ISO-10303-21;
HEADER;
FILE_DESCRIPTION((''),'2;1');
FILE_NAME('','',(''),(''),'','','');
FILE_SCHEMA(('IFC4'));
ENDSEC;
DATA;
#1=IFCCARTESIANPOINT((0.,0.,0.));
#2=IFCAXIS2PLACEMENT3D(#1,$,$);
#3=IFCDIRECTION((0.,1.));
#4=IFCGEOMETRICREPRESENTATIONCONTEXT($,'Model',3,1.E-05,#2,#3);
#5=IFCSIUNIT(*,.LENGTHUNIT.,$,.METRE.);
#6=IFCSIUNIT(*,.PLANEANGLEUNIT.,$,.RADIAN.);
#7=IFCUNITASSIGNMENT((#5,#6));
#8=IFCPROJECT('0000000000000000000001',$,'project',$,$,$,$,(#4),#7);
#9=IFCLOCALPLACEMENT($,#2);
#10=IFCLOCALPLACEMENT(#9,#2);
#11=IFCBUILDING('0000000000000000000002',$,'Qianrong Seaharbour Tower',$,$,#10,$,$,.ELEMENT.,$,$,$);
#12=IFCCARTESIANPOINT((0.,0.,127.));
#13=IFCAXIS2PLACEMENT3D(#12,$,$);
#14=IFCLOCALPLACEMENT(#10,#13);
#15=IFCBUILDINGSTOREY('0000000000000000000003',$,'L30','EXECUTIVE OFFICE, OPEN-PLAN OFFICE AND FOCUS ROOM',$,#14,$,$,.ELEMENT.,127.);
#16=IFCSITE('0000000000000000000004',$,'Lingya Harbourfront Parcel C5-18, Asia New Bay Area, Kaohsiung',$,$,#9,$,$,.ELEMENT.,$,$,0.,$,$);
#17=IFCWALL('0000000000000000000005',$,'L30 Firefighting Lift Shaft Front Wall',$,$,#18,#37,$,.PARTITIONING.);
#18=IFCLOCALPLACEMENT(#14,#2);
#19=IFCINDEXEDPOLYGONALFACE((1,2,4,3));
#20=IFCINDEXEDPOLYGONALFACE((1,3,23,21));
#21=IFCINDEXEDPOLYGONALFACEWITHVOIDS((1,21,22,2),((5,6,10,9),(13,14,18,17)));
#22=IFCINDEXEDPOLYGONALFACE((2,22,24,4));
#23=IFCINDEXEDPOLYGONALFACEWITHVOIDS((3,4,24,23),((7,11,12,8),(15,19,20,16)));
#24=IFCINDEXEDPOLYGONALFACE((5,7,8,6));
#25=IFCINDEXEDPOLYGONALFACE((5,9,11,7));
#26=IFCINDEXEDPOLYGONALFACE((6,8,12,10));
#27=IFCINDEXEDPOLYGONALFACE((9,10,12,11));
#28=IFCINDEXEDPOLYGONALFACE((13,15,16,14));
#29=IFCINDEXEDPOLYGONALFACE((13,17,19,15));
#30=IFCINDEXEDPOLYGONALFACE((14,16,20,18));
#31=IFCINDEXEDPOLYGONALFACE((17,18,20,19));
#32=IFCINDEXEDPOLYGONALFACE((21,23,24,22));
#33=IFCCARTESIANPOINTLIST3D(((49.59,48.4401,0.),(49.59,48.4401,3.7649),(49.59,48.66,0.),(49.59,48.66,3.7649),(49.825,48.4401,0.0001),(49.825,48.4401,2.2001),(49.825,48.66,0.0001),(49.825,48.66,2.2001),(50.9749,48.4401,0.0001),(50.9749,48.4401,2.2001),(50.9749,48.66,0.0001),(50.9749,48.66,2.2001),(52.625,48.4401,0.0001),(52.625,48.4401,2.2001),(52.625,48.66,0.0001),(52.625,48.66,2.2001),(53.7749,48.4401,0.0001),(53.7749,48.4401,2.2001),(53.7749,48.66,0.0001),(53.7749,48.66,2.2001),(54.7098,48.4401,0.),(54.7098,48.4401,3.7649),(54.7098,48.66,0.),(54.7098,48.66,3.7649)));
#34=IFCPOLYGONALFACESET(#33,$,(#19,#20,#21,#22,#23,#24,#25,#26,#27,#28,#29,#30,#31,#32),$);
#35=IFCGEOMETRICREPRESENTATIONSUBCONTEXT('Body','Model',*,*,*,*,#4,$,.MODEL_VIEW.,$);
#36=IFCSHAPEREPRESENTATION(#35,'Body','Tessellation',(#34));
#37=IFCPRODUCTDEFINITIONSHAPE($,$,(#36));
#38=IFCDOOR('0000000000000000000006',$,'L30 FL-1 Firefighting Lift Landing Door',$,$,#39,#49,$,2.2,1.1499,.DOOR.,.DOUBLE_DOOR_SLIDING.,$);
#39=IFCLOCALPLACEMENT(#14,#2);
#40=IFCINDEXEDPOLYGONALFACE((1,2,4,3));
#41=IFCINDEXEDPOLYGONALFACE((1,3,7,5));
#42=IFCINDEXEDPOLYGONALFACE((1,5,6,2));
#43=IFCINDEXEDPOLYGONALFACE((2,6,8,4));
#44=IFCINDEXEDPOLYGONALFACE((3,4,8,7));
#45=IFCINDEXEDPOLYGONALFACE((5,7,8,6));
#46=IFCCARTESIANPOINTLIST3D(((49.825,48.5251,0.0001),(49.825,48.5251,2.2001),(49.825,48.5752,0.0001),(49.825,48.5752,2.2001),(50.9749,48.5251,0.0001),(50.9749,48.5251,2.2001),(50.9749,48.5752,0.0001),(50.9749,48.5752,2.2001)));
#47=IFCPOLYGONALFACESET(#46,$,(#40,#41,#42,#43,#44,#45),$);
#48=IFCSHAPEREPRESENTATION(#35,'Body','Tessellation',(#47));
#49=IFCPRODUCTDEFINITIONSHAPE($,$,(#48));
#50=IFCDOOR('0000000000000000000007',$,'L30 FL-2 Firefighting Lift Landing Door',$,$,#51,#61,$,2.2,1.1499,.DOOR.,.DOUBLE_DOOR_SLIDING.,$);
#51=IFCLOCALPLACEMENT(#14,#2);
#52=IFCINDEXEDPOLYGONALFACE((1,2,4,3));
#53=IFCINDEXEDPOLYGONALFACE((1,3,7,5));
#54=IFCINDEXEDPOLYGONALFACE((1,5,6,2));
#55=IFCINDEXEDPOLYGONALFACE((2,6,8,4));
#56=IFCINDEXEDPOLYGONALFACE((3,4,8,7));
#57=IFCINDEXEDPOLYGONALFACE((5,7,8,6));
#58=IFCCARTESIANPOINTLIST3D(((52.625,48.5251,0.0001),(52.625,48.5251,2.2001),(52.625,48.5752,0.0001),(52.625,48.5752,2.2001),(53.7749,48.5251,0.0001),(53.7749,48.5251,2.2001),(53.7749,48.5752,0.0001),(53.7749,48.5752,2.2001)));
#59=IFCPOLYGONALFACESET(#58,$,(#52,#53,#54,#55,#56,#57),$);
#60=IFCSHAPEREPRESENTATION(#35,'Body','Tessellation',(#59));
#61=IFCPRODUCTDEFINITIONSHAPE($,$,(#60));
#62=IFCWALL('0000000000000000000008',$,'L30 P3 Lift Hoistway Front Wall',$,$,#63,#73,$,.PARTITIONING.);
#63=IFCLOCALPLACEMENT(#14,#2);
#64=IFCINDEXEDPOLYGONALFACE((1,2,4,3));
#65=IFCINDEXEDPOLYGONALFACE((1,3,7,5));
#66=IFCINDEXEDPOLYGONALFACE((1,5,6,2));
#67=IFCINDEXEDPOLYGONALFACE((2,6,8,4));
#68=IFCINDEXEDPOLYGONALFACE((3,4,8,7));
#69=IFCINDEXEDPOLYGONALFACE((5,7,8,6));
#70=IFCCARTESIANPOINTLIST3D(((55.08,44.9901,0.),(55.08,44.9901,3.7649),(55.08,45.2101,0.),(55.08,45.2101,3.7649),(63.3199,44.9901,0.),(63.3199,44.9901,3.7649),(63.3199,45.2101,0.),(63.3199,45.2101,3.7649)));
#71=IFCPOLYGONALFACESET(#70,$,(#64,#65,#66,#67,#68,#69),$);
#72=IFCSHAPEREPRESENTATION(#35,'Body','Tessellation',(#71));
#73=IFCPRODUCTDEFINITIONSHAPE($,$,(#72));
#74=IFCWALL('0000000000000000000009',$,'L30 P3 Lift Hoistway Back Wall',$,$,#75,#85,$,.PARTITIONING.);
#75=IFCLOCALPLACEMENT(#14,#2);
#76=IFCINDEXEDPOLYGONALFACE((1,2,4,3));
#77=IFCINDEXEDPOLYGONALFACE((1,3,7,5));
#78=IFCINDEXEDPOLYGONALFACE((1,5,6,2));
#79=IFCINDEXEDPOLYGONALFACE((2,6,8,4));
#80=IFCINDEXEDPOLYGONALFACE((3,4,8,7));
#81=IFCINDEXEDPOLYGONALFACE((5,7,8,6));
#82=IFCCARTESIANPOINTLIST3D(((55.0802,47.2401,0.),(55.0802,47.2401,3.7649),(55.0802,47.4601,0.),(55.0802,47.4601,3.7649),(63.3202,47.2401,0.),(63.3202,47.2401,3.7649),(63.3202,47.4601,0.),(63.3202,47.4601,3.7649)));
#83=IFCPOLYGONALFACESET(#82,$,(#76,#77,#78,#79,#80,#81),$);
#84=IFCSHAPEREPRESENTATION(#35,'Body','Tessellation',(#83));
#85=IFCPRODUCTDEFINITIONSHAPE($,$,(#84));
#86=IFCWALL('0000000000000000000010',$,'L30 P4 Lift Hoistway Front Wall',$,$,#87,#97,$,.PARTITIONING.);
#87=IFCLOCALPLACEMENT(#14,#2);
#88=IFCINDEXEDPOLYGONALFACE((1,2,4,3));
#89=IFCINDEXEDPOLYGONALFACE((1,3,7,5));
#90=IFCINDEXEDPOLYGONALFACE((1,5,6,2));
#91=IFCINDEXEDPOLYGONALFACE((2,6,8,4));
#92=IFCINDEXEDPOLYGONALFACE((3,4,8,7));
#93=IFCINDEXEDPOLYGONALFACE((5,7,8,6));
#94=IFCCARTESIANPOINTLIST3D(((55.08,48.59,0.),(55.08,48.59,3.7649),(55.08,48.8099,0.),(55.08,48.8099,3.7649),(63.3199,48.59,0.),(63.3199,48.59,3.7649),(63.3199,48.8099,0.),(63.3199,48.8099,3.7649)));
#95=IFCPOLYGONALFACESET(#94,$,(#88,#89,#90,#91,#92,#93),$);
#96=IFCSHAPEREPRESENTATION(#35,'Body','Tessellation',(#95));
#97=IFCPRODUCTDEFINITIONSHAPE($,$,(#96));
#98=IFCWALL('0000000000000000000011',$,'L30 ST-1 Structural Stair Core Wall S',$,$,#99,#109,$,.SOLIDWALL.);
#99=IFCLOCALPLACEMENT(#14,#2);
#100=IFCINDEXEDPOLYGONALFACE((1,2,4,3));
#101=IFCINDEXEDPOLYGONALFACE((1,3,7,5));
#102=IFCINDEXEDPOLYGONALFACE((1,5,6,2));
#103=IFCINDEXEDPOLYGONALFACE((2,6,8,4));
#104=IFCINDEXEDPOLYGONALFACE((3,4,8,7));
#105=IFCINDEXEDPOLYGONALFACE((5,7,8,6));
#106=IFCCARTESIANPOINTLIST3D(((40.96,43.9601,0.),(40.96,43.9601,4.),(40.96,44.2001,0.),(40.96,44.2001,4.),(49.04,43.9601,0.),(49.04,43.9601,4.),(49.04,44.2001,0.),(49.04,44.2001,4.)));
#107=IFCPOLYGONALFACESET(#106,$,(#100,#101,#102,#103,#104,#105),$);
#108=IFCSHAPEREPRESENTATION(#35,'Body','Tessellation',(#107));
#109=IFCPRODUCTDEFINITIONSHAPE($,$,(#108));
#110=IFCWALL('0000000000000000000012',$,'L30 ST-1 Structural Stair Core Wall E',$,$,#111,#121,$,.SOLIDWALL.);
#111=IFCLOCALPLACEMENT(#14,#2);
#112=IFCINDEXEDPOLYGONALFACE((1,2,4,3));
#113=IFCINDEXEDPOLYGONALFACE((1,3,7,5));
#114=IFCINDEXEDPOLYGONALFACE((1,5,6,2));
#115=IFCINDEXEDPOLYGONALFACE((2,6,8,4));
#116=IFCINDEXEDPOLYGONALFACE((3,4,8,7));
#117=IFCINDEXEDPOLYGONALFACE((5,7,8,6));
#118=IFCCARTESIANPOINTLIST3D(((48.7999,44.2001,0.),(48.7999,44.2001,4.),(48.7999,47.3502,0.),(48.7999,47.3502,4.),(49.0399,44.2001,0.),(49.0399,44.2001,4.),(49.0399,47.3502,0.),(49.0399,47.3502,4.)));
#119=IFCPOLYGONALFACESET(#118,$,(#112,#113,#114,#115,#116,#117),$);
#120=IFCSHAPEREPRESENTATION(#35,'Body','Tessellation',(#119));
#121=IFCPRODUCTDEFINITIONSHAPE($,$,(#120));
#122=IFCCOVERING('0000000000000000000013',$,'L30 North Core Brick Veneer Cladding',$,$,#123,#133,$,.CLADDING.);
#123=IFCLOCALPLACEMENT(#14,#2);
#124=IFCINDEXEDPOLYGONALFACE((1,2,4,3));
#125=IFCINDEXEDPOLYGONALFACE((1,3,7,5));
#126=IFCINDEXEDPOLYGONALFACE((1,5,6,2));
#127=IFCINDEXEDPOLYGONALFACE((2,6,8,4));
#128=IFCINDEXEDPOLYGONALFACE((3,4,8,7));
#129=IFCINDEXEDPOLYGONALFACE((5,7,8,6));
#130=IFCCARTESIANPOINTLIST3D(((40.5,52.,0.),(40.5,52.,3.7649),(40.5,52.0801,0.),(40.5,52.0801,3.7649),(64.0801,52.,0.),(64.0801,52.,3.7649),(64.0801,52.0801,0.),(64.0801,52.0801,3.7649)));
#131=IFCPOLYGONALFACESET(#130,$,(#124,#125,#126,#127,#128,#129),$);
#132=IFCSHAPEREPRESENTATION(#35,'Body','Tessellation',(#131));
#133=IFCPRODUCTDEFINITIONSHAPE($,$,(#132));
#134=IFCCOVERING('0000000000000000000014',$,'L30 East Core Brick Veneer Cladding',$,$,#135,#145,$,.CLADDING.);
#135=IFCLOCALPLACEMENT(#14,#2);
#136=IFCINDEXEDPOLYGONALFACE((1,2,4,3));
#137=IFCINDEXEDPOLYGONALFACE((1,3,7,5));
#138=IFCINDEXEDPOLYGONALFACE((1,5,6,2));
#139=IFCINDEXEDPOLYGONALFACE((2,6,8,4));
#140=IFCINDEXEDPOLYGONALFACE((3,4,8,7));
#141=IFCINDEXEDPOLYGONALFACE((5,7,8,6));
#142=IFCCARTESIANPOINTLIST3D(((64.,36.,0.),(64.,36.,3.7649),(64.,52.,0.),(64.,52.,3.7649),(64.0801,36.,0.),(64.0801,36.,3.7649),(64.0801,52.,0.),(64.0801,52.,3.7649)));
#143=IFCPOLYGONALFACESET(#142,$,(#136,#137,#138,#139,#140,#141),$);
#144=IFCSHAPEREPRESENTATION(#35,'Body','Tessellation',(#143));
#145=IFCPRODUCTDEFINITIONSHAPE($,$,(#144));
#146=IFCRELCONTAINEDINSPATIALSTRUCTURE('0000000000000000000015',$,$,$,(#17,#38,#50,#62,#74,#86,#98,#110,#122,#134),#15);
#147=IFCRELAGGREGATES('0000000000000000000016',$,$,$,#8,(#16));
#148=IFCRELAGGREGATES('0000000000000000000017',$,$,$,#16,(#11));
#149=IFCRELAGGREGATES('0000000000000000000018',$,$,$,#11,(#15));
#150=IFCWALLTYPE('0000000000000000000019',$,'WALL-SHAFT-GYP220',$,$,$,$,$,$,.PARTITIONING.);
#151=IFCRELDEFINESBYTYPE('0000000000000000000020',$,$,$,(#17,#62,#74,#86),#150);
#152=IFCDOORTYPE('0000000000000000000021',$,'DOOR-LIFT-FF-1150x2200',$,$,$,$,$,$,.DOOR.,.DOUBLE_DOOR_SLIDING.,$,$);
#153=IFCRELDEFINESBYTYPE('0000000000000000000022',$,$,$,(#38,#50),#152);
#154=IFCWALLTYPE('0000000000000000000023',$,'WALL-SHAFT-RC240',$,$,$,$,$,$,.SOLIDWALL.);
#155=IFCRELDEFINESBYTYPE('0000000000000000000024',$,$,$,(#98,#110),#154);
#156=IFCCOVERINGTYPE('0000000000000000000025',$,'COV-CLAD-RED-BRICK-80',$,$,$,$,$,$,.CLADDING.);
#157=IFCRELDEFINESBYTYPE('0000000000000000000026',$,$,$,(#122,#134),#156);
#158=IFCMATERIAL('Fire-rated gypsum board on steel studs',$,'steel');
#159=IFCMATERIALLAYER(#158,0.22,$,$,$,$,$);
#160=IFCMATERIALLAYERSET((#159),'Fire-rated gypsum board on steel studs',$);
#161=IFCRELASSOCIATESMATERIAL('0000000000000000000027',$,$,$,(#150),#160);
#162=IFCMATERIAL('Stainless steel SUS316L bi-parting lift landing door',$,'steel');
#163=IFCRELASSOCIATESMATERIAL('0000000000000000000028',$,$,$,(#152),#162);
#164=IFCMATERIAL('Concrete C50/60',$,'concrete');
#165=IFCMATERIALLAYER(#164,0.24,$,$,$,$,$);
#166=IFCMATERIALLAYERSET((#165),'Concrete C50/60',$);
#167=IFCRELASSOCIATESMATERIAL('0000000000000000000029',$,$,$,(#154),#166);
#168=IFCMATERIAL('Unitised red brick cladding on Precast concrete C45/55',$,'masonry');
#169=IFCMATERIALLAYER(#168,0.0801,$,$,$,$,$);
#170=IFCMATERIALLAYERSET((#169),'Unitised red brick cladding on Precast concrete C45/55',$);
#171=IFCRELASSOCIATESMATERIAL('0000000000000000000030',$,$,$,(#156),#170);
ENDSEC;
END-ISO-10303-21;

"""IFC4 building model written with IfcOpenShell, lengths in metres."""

from ifc_helpers import new_model, si_unit, direction, frame, frame_2d, origin, origin_2d, place, context, subcontext, project, spatial, rectangle, extrude, material, layer, layer_set, type_object, element, fill, save


model = new_model("IFC4")

# Units and contexts
model_context = context("Model", 3, precision=1e-05, world=origin(), true_north=direction((0.0, 1.0)))
body_context = subcontext(model_context, "Body", "Model", "MODEL_VIEW")
ifc_project = project(units=[si_unit("LENGTHUNIT", "METRE"), si_unit("PLANEANGLEUNIT", "RADIAN")], contexts=[model_context])

# Site, building, storey
site_placement = place(None, origin())
site = spatial("IfcSite", under=ifc_project, at=site_placement, Name="Lingya Harbourfront Parcel C5-18, Asia New Bay Area, Kaohsiung", CompositionType="ELEMENT", RefElevation=0.0)
building_placement = place(site_placement, origin())
building = spatial("IfcBuilding", under=site, at=building_placement, Name="Qianrong Seaharbour Tower", CompositionType="ELEMENT")
storey_placement = place(building_placement, frame((0.0, 0.0, 127.0)))
storey = spatial("IfcBuildingStorey", under=building, at=storey_placement, Name="L30", Description="EXECUTIVE OFFICE, OPEN-PLAN OFFICE AND FOCUS ROOM", CompositionType="ELEMENT", Elevation=127.0)

# Shared definitions
ifc_material_1 = material(Name="Fire-rated gypsum board on steel studs", Category="steel")

# Wall, openings, doors
ifc_layer_1 = layer(ifc_material_1, 0.22)
ifc_layer_set_1 = layer_set([ifc_layer_1], Name="Fire-rated gypsum board on steel studs")
wall_type_1 = type_object("IfcWallType", Name="WALL-SHAFT-GYP220", PredefinedType="PARTITIONING", material=ifc_layer_set_1)
wall_1_placement = place(storey_placement, frame((54.71, 48.55, 0.0), z_axis=(0.0, 0.0, 1.0), x_axis=(-1.0, 0.0, 0.0)))
wall_1 = element("IfcWall", 1, at=wall_1_placement, inside=storey, type_object=wall_type_1, Name="L30 Firefighting Lift Shaft Front Wall", PredefinedType="PARTITIONING", context=body_context, shape_type="SweptSolid", body=[
    extrude(rectangle(XDim=5.1199, YDim=0.22, at=frame_2d((2.5601, 0.0))), origin(), (0.0, 0.0, 1.0), 3.7649),
])
opening_1_placement = place(wall_1_placement, frame((3.7351, 0.0, 0.0)))
opening_1 = element("IfcOpeningElement", 2, at=opening_1_placement, cuts=wall_1, PredefinedType="OPENING", context=body_context, shape_type="SweptSolid", body=[
    extrude(rectangle(XDim=1.1499, YDim=2.2, at=frame_2d((0.575, 1.1001))), frame((0.0, 0.1201, 0.0), z_axis=(0.0, -1.0, 0.0), x_axis=(1.0, 0.0, 0.0)), (0.0, 0.0, 1.0), 0.24),
])
opening_2_placement = place(wall_1_placement, frame((0.9351, 0.0, 0.0)))
opening_2 = element("IfcOpeningElement", 3, at=opening_2_placement, cuts=wall_1, PredefinedType="OPENING", context=body_context, shape_type="SweptSolid", body=[
    extrude(rectangle(XDim=1.1499, YDim=2.2, at=frame_2d((0.575, 1.1001))), frame((0.0, 0.1201, 0.0), z_axis=(0.0, -1.0, 0.0), x_axis=(1.0, 0.0, 0.0)), (0.0, 0.0, 1.0), 0.24),
])
ifc_material_2 = material(Name="Stainless steel SUS316L bi-parting lift landing door", Category="steel")
door_type_1 = type_object("IfcDoorType", Name="DOOR-LIFT-FF-1150x2200", OperationType="DOUBLE_DOOR_SLIDING", PredefinedType="DOOR", material=ifc_material_2)
door_1_placement = place(opening_1_placement, origin())
door_1 = element("IfcDoor", 4, at=door_1_placement, inside=storey, type_object=door_type_1, Name="L30 FL-1 Firefighting Lift Landing Door", OperationType="DOUBLE_DOOR_SLIDING", OverallHeight=2.2, OverallWidth=1.1499, PredefinedType="DOOR", context=body_context, shape_type="SweptSolid", body=[
    extrude(rectangle(XDim=1.1499, YDim=2.2, at=frame_2d((0.575, 1.1001))), frame((0.0, 0.0249, 0.0), z_axis=(0.0, -1.0, 0.0), x_axis=(1.0, 0.0, 0.0)), (0.0, 0.0, 1.0), 0.05),
])
fill(opening_1, door_1)
door_2_placement = place(opening_2_placement, origin())
door_2 = element("IfcDoor", 5, at=door_2_placement, inside=storey, type_object=door_type_1, Name="L30 FL-2 Firefighting Lift Landing Door", OperationType="DOUBLE_DOOR_SLIDING", OverallHeight=2.2, OverallWidth=1.1499, PredefinedType="DOOR", context=body_context, shape_type="SweptSolid", body=[
    extrude(rectangle(XDim=1.1499, YDim=2.2, at=frame_2d((0.575, 1.1001))), frame((0.0, 0.0249, 0.0), z_axis=(0.0, -1.0, 0.0), x_axis=(1.0, 0.0, 0.0)), (0.0, 0.0, 1.0), 0.05),
])
fill(opening_2, door_2)

# Walls
for number, where, z_axis, x_axis, name in (
    (6, (63.3201, 45.1001, 0.0), (0.0, 0.0, 1.0), (-1.0, 0.0, 0.0), "L30 P3 Lift Hoistway Front Wall"),
    (7, (55.0801, 47.3501, 0.0), (0.0, 0.0, 1.0), (1.0, 0.0, 0.0), "L30 P3 Lift Hoistway Back Wall"),
    (8, (63.3201, 48.7, 0.0), (0.0, 0.0, 1.0), (-1.0, 0.0, 0.0), "L30 P4 Lift Hoistway Front Wall"),
):
    element("IfcWall", number, at=place(storey_placement, frame(where, z_axis=z_axis, x_axis=x_axis)), inside=storey, type_object=wall_type_1, Name=name, PredefinedType="PARTITIONING", context=body_context, shape_type="SweptSolid", body=[
        extrude(rectangle(XDim=8.24, YDim=0.22, at=frame_2d((4.1201, 0.0))), origin(), (0.0, 0.0, 1.0), 3.7649),
    ])
ifc_material_3 = material(Name="Concrete C50/60", Category="concrete")
ifc_layer_2 = layer(ifc_material_3, 0.24)
ifc_layer_set_2 = layer_set([ifc_layer_2], Name="Concrete C50/60")
wall_type_2 = type_object("IfcWallType", Name="WALL-SHAFT-RC240", PredefinedType="SOLIDWALL", material=ifc_layer_set_2)
wall_2_placement = place(storey_placement, frame((49.04, 44.0801, 0.0), z_axis=(0.0, 0.0, 1.0), x_axis=(-1.0, 0.0, 0.0)))
element("IfcWall", 9, at=wall_2_placement, inside=storey, type_object=wall_type_2, Name="L30 ST-1 Structural Stair Core Wall S", PredefinedType="SOLIDWALL", context=body_context, shape_type="SweptSolid", body=[
    extrude(rectangle(XDim=8.0801, YDim=0.24, at=frame_2d((4.04, 0.0))), origin(), (0.0, 0.0, 1.0), 4.0),
])
wall_3_placement = place(storey_placement, frame((48.9199, 44.2, 0.0), z_axis=(0.0, 0.0, 1.0), x_axis=(0.0, 1.0, 0.0)))
element("IfcWall", 10, at=wall_3_placement, inside=storey, type_object=wall_type_2, Name="L30 ST-1 Structural Stair Core Wall E", PredefinedType="SOLIDWALL", context=body_context, shape_type="SweptSolid", body=[
    extrude(rectangle(XDim=3.1501, YDim=0.24, at=frame_2d((1.5752, 0.0))), origin(), (0.0, 0.0, 1.0), 4.0),
])

# Coverings
ifc_material_4 = material(Name="Unitised red brick cladding on Precast concrete C45/55", Category="masonry")
ifc_layer_3 = layer(ifc_material_4, 0.0801)
ifc_layer_set_3 = layer_set([ifc_layer_3], Name="Unitised red brick cladding on Precast concrete C45/55")
covering_type = type_object("IfcCoveringType", Name="COV-CLAD-RED-BRICK-80", PredefinedType="CLADDING", material=ifc_layer_set_3)
covering_1_placement = place(storey_placement, frame((52.29, 52.04, 0.0), z_axis=(0.0, 0.0, 1.0), x_axis=(1.0, 0.0, 0.0)))
element("IfcCovering", 11, at=covering_1_placement, inside=storey, type_object=covering_type, Name="L30 North Core Brick Veneer Cladding", PredefinedType="CLADDING", context=body_context, shape_type="SweptSolid", body=[
    extrude(rectangle(XDim=23.5801, YDim=0.0801, at=origin_2d()), origin(), (0.0, 0.0, 1.0), 3.7649),
])
covering_2_placement = place(storey_placement, frame((64.04, 44.0, 0.0), z_axis=(0.0, 0.0, 1.0), x_axis=(1.0, 0.0, 0.0)))
element("IfcCovering", 12, at=covering_2_placement, inside=storey, type_object=covering_type, Name="L30 East Core Brick Veneer Cladding", PredefinedType="CLADDING", context=body_context, shape_type="SweptSolid", body=[
    extrude(rectangle(XDim=0.0801, YDim=16.0, at=origin_2d()), origin(), (0.0, 0.0, 1.0), 3.7649),
])

save(model, "model.ifc")
